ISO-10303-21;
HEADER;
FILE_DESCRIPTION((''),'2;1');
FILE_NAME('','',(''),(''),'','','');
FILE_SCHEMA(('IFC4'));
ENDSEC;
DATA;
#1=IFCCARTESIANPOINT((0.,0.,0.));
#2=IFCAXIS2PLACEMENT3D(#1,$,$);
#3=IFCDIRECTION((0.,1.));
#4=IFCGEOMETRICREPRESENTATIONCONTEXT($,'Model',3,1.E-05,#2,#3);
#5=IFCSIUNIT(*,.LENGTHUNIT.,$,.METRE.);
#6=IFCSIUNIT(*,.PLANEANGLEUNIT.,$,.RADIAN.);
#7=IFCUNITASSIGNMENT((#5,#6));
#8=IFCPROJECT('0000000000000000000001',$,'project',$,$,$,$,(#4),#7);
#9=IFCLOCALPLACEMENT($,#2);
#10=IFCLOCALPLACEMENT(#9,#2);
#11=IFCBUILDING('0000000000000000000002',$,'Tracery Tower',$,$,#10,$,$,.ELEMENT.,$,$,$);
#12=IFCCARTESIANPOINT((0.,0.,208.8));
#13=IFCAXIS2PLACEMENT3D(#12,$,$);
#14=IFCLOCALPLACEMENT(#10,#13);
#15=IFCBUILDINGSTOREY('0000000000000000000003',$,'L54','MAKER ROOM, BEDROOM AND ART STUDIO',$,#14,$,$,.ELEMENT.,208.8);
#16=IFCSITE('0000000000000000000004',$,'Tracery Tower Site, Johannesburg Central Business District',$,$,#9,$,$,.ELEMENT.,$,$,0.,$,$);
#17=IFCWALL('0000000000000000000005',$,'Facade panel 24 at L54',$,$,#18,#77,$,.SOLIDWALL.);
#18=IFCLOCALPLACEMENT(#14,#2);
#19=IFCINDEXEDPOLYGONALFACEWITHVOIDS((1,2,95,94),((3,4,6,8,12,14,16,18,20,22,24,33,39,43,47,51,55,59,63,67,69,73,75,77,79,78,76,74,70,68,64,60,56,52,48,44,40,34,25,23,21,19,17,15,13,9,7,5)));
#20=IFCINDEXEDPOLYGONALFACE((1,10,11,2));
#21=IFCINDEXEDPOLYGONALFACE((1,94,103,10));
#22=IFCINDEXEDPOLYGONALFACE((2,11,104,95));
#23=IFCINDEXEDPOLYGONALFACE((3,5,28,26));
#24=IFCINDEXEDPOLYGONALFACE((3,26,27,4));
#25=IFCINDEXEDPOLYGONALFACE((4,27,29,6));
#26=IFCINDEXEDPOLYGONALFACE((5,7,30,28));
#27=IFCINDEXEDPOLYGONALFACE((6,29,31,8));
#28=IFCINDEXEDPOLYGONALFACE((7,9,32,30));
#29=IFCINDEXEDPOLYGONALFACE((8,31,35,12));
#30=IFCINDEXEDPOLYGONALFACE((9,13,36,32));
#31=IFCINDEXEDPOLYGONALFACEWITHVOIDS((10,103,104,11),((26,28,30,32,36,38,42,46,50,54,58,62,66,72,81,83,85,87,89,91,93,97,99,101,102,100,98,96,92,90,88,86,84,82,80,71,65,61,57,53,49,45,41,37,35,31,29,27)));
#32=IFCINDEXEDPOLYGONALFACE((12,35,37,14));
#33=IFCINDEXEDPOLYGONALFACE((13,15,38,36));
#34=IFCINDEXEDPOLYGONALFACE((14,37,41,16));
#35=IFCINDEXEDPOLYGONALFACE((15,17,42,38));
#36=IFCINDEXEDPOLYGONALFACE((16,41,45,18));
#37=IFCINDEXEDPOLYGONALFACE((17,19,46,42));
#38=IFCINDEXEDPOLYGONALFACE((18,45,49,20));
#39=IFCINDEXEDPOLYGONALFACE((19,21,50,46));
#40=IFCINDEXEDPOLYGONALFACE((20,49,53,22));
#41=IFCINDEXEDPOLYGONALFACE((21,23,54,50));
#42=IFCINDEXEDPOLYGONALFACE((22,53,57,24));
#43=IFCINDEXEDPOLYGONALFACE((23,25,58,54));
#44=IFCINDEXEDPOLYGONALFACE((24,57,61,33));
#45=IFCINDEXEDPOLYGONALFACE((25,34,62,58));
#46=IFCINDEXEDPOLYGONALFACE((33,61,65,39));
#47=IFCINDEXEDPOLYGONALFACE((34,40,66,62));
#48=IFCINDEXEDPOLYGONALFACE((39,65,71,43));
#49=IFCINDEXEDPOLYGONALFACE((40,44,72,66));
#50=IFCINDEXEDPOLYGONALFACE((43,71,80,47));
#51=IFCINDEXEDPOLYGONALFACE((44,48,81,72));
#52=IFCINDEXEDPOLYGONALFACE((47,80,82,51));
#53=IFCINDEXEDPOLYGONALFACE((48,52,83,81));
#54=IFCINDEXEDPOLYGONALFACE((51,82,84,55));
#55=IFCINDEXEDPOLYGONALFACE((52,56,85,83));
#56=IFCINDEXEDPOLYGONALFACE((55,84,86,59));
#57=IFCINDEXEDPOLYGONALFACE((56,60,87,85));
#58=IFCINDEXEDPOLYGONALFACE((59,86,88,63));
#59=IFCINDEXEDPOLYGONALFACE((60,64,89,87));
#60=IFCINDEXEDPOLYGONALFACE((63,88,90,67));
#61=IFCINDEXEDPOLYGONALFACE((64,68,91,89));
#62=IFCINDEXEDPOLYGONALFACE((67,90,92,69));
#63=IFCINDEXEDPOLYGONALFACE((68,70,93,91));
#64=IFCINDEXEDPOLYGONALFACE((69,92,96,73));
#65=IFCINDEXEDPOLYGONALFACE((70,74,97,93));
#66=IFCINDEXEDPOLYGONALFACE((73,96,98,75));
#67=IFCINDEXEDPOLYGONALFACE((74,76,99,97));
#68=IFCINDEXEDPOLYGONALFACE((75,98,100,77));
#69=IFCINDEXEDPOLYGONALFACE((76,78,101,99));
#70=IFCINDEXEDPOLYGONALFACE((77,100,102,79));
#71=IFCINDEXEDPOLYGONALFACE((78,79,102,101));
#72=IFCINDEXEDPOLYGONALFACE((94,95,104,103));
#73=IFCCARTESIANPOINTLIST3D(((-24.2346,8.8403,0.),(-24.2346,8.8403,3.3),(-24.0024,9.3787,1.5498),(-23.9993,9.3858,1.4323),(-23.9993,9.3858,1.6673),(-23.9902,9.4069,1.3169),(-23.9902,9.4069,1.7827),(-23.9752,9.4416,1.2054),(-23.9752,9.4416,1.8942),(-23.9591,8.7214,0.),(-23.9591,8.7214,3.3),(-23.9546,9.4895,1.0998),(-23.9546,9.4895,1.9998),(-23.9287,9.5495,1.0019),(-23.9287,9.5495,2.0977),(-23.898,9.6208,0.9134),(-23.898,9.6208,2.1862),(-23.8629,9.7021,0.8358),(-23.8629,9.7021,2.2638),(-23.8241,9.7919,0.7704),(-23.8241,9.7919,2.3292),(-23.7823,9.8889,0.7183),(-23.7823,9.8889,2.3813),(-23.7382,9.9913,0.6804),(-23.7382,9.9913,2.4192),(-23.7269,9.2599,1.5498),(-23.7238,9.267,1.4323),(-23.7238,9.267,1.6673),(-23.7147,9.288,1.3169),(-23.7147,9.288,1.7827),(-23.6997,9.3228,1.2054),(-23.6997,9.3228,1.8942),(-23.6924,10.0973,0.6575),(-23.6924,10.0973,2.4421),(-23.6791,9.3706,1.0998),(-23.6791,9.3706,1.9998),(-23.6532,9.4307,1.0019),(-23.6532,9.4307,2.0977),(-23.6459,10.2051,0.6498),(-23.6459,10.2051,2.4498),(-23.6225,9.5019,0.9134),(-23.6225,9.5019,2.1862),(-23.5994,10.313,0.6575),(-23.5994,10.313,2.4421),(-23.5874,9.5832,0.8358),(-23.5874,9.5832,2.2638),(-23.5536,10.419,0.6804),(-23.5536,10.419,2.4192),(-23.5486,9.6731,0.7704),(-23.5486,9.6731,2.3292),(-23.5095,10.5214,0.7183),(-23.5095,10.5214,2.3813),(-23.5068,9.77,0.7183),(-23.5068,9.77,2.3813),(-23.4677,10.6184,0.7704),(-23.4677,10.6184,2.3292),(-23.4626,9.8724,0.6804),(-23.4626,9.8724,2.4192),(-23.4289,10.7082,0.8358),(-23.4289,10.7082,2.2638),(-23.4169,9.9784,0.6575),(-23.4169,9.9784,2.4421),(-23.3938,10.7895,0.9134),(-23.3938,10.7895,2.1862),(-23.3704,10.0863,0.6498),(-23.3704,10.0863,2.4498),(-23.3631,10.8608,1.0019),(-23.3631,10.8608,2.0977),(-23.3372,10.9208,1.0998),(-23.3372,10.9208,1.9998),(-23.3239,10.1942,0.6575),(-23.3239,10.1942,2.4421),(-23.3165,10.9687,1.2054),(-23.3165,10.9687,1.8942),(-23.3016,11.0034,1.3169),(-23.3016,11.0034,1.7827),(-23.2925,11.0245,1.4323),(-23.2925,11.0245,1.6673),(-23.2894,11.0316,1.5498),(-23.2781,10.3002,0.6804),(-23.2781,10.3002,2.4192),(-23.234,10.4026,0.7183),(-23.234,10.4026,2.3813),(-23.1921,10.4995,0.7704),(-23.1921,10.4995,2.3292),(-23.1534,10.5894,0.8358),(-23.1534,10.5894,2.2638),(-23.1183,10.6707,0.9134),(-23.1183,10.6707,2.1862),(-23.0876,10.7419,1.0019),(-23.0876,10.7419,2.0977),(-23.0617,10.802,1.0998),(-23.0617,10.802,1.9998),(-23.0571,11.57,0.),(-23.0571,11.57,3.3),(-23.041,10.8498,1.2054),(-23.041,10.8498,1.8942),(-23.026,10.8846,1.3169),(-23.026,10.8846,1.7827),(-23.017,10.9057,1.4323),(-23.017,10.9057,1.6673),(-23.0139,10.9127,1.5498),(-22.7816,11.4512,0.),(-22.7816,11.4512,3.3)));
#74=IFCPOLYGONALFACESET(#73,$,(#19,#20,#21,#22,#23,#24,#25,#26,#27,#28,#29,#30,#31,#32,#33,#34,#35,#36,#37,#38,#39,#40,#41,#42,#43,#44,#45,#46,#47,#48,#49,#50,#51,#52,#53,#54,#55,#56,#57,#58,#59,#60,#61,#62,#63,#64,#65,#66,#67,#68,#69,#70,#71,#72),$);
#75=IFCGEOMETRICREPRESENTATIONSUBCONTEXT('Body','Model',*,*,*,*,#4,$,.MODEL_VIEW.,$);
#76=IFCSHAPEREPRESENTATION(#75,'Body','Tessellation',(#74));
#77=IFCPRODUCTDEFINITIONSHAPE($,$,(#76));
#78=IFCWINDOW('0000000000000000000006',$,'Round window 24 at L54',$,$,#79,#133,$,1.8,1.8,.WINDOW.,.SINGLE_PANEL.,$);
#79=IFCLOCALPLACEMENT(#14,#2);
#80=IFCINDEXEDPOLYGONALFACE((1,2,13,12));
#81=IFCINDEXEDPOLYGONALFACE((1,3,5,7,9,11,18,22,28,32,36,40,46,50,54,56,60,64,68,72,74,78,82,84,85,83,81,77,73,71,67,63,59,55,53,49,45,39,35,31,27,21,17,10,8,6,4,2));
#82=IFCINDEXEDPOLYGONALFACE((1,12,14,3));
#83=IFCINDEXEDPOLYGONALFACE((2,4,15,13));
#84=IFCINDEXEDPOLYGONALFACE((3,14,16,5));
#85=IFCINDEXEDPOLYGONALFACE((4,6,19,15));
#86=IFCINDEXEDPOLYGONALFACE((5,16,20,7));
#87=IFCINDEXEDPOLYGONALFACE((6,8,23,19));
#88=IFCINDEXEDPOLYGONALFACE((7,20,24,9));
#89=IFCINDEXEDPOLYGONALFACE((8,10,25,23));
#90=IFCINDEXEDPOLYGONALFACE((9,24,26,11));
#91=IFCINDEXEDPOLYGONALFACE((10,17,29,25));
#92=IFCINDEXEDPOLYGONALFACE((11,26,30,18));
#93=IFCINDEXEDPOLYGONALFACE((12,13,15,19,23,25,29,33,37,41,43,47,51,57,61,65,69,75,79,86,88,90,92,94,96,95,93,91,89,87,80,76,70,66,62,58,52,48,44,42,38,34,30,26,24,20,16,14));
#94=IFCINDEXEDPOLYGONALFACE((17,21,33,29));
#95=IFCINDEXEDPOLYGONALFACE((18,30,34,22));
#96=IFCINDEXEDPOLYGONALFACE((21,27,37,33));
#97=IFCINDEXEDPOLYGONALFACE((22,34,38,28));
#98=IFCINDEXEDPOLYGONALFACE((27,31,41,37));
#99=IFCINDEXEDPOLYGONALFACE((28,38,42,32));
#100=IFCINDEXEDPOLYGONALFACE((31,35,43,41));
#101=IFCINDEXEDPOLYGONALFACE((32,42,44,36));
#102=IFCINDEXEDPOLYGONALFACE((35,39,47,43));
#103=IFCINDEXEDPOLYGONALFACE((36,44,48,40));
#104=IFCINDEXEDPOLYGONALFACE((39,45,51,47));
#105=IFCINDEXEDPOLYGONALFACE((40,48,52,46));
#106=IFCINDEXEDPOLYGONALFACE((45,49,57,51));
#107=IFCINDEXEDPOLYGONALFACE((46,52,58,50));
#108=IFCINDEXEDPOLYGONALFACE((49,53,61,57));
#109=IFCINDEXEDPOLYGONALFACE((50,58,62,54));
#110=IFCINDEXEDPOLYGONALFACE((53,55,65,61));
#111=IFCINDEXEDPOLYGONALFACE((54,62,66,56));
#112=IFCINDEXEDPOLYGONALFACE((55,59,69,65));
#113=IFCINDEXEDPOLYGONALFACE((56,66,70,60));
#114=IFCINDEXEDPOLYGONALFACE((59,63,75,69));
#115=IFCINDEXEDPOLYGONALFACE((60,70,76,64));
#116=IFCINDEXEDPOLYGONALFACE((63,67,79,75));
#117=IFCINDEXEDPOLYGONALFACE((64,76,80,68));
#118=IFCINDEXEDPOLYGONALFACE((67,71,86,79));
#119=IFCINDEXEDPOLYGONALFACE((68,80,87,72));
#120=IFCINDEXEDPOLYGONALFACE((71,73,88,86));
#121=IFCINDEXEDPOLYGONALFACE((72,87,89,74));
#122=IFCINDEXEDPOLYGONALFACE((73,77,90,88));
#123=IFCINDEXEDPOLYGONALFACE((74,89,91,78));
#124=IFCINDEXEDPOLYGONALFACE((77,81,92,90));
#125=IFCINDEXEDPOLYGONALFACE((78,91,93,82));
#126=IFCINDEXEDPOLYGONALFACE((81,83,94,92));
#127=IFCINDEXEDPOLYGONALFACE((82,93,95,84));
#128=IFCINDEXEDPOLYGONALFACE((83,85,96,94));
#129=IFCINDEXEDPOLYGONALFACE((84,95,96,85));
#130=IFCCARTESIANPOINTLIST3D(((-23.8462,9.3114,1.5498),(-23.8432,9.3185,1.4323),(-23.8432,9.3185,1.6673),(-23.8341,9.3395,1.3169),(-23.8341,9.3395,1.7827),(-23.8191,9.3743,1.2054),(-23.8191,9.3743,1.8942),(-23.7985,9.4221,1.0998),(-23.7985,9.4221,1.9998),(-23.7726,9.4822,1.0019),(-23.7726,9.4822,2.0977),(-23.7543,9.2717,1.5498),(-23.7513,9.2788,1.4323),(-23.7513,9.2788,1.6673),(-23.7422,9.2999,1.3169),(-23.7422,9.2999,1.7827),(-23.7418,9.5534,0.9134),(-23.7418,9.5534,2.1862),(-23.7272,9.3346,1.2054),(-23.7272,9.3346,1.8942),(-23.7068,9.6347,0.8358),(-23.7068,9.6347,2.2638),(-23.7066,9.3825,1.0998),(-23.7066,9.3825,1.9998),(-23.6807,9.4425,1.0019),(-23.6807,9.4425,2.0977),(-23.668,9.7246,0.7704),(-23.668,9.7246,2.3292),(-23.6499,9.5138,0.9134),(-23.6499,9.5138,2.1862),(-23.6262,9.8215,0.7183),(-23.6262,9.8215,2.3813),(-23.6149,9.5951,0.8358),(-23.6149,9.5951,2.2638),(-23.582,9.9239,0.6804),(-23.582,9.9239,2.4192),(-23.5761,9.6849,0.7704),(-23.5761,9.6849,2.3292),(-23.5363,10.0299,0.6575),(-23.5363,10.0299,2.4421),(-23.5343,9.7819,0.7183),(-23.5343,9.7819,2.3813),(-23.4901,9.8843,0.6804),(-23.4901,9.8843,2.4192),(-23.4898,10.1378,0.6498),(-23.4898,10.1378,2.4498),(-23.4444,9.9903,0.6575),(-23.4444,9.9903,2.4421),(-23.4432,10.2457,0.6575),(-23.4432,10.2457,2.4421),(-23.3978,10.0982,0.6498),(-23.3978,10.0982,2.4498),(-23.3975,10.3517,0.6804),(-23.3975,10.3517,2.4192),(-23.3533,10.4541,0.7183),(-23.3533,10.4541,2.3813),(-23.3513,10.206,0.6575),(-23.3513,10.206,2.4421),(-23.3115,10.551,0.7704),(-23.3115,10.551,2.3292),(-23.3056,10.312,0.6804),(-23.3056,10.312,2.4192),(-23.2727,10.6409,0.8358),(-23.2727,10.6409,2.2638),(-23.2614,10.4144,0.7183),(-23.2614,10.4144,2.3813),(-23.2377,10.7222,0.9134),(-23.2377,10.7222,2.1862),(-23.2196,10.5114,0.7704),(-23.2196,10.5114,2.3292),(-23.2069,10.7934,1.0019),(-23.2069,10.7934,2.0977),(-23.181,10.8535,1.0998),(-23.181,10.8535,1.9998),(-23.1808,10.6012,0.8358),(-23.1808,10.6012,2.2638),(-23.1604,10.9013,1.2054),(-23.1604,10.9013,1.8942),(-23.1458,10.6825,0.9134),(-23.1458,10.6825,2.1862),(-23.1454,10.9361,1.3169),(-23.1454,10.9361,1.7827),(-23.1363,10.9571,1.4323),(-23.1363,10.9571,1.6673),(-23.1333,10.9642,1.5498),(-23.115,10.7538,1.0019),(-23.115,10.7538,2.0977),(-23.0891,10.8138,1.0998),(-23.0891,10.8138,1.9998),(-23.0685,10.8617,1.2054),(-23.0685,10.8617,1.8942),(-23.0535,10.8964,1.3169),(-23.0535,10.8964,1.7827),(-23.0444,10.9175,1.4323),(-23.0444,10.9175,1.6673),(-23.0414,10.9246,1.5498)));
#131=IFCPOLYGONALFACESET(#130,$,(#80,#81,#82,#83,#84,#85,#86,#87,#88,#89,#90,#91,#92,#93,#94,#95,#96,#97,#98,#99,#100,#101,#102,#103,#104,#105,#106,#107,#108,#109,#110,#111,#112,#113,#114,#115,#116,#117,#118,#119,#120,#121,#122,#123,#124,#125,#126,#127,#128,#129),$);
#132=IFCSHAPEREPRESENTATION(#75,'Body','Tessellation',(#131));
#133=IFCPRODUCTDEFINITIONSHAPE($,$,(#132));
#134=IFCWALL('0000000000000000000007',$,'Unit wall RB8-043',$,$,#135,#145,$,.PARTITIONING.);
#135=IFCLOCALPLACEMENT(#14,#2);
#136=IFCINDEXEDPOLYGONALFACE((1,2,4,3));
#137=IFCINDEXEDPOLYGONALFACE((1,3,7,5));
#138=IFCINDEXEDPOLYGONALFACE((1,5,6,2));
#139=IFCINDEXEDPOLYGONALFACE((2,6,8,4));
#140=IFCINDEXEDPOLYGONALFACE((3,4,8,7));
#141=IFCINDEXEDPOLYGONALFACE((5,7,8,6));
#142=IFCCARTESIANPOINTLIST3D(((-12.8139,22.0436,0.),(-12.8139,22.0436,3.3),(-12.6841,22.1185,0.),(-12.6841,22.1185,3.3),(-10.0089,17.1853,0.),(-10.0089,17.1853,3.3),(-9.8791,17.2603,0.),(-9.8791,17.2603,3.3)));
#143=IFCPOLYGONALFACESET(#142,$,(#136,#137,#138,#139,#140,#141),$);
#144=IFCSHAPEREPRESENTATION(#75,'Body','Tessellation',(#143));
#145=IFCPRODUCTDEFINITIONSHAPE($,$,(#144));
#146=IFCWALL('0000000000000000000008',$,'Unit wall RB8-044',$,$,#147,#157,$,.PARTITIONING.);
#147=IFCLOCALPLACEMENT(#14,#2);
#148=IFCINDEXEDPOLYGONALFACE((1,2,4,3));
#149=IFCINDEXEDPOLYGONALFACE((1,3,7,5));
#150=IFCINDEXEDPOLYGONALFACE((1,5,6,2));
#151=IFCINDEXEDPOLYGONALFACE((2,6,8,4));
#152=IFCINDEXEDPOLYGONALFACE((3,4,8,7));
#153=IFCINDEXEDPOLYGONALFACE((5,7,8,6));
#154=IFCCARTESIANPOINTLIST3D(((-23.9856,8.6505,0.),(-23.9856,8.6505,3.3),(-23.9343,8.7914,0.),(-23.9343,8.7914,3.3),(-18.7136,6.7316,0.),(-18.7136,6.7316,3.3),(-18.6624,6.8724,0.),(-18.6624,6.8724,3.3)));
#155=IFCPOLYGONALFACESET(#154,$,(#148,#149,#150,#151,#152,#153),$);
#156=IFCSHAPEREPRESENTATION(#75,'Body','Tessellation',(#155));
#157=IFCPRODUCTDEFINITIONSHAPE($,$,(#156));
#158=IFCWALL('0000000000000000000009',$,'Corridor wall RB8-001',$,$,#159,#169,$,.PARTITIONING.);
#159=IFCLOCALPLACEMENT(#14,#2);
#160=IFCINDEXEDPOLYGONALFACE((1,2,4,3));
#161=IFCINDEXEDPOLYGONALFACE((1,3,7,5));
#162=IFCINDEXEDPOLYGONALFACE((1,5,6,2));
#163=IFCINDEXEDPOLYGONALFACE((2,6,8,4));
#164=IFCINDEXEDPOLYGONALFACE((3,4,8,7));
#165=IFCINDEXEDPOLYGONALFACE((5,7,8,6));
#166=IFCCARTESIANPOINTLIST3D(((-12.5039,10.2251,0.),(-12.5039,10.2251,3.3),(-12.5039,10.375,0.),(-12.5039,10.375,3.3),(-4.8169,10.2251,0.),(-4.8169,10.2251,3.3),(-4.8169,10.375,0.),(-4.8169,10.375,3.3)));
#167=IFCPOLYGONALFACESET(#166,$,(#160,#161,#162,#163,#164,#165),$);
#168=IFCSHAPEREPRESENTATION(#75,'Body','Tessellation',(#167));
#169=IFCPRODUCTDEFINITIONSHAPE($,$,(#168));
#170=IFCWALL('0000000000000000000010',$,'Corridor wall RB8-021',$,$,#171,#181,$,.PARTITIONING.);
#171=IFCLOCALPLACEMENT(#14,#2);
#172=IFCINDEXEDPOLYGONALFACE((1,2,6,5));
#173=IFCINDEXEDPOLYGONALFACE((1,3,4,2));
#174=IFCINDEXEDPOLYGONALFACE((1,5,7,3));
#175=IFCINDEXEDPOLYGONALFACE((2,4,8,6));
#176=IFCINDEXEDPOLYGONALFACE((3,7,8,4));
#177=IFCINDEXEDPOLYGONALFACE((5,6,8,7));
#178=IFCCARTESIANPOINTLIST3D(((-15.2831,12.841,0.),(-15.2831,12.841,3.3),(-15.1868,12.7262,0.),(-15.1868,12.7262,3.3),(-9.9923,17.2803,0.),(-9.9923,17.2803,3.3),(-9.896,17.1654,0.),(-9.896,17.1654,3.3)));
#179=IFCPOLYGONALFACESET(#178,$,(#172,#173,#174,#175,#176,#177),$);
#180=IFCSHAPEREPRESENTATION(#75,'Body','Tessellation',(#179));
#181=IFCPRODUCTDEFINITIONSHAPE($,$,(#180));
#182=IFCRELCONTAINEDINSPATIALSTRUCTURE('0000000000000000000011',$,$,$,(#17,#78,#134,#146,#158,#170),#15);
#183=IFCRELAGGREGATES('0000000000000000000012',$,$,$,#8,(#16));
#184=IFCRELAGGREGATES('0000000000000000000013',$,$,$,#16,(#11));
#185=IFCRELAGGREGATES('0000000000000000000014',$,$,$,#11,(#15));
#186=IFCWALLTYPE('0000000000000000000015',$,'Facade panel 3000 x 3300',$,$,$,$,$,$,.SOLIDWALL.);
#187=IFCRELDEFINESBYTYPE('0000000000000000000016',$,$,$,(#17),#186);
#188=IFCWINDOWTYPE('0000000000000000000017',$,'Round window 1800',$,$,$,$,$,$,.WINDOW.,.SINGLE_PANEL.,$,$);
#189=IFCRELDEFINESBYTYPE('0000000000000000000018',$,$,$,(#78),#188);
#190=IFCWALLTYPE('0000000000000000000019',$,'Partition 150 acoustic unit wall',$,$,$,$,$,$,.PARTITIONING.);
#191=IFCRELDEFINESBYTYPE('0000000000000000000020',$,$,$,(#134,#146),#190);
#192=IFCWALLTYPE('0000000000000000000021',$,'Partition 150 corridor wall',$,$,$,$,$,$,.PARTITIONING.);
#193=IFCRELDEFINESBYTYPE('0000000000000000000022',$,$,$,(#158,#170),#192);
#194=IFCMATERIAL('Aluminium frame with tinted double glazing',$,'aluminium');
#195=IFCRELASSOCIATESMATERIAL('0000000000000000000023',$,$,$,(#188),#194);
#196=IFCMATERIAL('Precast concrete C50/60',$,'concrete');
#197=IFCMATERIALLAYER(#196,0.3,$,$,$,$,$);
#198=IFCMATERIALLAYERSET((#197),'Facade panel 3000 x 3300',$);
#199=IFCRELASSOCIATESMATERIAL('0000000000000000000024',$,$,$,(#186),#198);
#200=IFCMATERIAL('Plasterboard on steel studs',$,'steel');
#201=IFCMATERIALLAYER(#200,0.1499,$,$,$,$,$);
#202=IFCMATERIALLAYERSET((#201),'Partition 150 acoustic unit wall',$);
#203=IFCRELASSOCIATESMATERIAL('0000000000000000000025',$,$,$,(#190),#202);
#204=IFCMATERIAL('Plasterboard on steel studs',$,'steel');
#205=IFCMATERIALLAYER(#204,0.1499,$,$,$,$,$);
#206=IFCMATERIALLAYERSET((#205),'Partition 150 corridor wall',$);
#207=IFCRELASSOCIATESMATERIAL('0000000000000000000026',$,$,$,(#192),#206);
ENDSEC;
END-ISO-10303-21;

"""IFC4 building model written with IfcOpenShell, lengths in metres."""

from ifc_helpers import new_model, si_unit, direction, frame, frame_2d, origin, origin_2d, place, context, subcontext, project, spatial, rectangle, circle, extrude, material, layer, layer_set, type_object, element, fill, save


model = new_model("IFC4")

# Units and contexts
model_context = context("Model", 3, precision=1e-05, world=origin(), true_north=direction((0.0, 1.0)))
body_context = subcontext(model_context, "Body", "Model", "MODEL_VIEW")
ifc_project = project(units=[si_unit("LENGTHUNIT", "METRE"), si_unit("PLANEANGLEUNIT", "RADIAN")], contexts=[model_context])

# Site, building, storey
site_placement = place(None, origin())
site = spatial("IfcSite", under=ifc_project, at=site_placement, Name="Tracery Tower Site, Johannesburg Central Business District", CompositionType="ELEMENT", RefElevation=0.0)
building_placement = place(site_placement, origin())
building = spatial("IfcBuilding", under=site, at=building_placement, Name="Tracery Tower", CompositionType="ELEMENT")
storey_placement = place(building_placement, frame((0.0, 0.0, 208.8)))
storey = spatial("IfcBuildingStorey", under=building, at=storey_placement, Name="L54", Description="MAKER ROOM, BEDROOM AND ART STUDIO", CompositionType="ELEMENT", Elevation=208.8)

# Wall, opening, window
ifc_material_1 = material(Name="Aluminium frame with tinted double glazing", Category="aluminium")
window_type = type_object("IfcWindowType", Name="Round window 1800", PartitioningType="SINGLE_PANEL", PredefinedType="WINDOW", material=ifc_material_1)
ifc_material_2 = material(Name="Precast concrete C50/60", Category="concrete")
ifc_layer_1 = layer(ifc_material_2, 0.3)
ifc_layer_set_1 = layer_set([ifc_layer_1], Name="Facade panel 3000 x 3300")
wall_type_1 = type_object("IfcWallType", Name="Facade panel 3000 x 3300", PredefinedType="SOLIDWALL", material=ifc_layer_set_1)
wall_1_placement = place(storey_placement, frame((-22.9194, 11.5105, 0.0), z_axis=(0.0, 0.0, 1.0), x_axis=(-0.396079, -0.918216, 0.0)))
wall_1 = element("IfcWall", 1, at=wall_1_placement, inside=storey, type_object=wall_type_1, Name="Facade panel 24 at L54", PredefinedType="SOLIDWALL", context=body_context, shape_type="SweptSolid", body=[
    extrude(rectangle(XDim=2.9729, YDim=0.3, at=frame_2d((1.4863, 0.0))), origin(), (0.0, 0.0, 1.0), 3.3),
])
opening_1_placement = place(wall_1_placement, frame((1.4863, 0.0, 1.5498)))
opening_1 = element("IfcOpeningElement", 2, at=opening_1_placement, cuts=wall_1, PredefinedType="OPENING", context=body_context, shape_type="SweptSolid", body=[
    extrude(circle(Radius=0.9, at=origin_2d()), frame((0.0, 0.1599, 0.0), z_axis=(0.0, -1.0, 0.0), x_axis=(1.0, 0.0, 0.0)), (0.0, 0.0, 1.0), 0.3201),
])
window_1_placement = place(opening_1_placement, origin())
window_1 = element("IfcWindow", 3, at=window_1_placement, inside=storey, type_object=window_type, Name="Round window 24 at L54", OverallHeight=1.8, OverallWidth=1.8, PartitioningType="SINGLE_PANEL", PredefinedType="WINDOW", context=body_context, shape_type="SweptSolid", body=[
    extrude(circle(Radius=0.9, at=origin_2d()), frame((0.0, 0.1201, 0.0), z_axis=(0.0, -1.0, 0.0), x_axis=(1.0, 0.0, 0.0)), (0.0, 0.0, 1.0), 0.1001),
])
fill(opening_1, window_1)

# Walls
ifc_material_3 = material(Name="Plasterboard on steel studs", Category="steel")
ifc_layer_2 = layer(ifc_material_3, 0.1499)
ifc_layer_set_2 = layer_set([ifc_layer_2], Name="Partition 150 acoustic unit wall")
wall_type_2 = type_object("IfcWallType", Name="Partition 150 acoustic unit wall", PredefinedType="PARTITIONING", material=ifc_layer_set_2)
wall_2_placement = place(storey_placement, frame((-12.749, 22.0811, 0.0), z_axis=(0.0, 0.0, 1.0), x_axis=(0.50001, -0.86602, 0.0)))
element("IfcWall", 4, at=wall_2_placement, inside=storey, type_object=wall_type_2, Name="Unit wall RB8-043", PredefinedType="PARTITIONING", context=body_context, shape_type="SweptSolid", body=[
    extrude(rectangle(XDim=5.6099, YDim=0.1499, at=frame_2d((2.8049, 0.0))), origin(), (0.0, 0.0, 1.0), 3.3),
])
wall_3_placement = place(storey_placement, frame((-23.96, 8.7209, 0.0), z_axis=(0.0, 0.0, 1.0), x_axis=(0.939687, -0.342037, 0.0)))
element("IfcWall", 5, at=wall_3_placement, inside=storey, type_object=wall_type_2, Name="Unit wall RB8-044", PredefinedType="PARTITIONING", context=body_context, shape_type="SweptSolid", body=[
    extrude(rectangle(XDim=5.6104, YDim=0.1499, at=frame_2d((2.8052, 0.0))), origin(), (0.0, 0.0, 1.0), 3.3),
])
ifc_material_4 = material(Name="Plasterboard on steel studs", Category="steel")
ifc_layer_3 = layer(ifc_material_4, 0.1499)
ifc_layer_set_3 = layer_set([ifc_layer_3], Name="Partition 150 corridor wall")
wall_type_3 = type_object("IfcWallType", Name="Partition 150 corridor wall", PredefinedType="PARTITIONING", material=ifc_layer_set_3)
wall_4_placement = place(storey_placement, frame((-12.5039, 10.3, 0.0), z_axis=(0.0, 0.0, 1.0), x_axis=(1.0, 0.0, 0.0)))
element("IfcWall", 6, at=wall_4_placement, inside=storey, type_object=wall_type_3, Name="Corridor wall RB8-001", PredefinedType="PARTITIONING", context=body_context, shape_type="SweptSolid", body=[
    extrude(rectangle(XDim=7.687, YDim=0.1499, at=frame_2d((3.8435, 0.0))), origin(), (0.0, 0.0, 1.0), 3.3),
])
wall_5_placement = place(storey_placement, frame((-15.2349, 12.7837, 0.0), z_axis=(0.0, 0.0, 1.0), x_axis=(0.766064, 0.642764, 0.0)))
element("IfcWall", 7, at=wall_5_placement, inside=storey, type_object=wall_type_3, Name="Corridor wall RB8-021", PredefinedType="PARTITIONING", context=body_context, shape_type="SweptSolid", body=[
    extrude(rectangle(XDim=6.9065, YDim=0.1499, at=frame_2d((3.4531, 0.0))), origin(), (0.0, 0.0, 1.0), 3.3),
])

save(model, "model.ifc")
